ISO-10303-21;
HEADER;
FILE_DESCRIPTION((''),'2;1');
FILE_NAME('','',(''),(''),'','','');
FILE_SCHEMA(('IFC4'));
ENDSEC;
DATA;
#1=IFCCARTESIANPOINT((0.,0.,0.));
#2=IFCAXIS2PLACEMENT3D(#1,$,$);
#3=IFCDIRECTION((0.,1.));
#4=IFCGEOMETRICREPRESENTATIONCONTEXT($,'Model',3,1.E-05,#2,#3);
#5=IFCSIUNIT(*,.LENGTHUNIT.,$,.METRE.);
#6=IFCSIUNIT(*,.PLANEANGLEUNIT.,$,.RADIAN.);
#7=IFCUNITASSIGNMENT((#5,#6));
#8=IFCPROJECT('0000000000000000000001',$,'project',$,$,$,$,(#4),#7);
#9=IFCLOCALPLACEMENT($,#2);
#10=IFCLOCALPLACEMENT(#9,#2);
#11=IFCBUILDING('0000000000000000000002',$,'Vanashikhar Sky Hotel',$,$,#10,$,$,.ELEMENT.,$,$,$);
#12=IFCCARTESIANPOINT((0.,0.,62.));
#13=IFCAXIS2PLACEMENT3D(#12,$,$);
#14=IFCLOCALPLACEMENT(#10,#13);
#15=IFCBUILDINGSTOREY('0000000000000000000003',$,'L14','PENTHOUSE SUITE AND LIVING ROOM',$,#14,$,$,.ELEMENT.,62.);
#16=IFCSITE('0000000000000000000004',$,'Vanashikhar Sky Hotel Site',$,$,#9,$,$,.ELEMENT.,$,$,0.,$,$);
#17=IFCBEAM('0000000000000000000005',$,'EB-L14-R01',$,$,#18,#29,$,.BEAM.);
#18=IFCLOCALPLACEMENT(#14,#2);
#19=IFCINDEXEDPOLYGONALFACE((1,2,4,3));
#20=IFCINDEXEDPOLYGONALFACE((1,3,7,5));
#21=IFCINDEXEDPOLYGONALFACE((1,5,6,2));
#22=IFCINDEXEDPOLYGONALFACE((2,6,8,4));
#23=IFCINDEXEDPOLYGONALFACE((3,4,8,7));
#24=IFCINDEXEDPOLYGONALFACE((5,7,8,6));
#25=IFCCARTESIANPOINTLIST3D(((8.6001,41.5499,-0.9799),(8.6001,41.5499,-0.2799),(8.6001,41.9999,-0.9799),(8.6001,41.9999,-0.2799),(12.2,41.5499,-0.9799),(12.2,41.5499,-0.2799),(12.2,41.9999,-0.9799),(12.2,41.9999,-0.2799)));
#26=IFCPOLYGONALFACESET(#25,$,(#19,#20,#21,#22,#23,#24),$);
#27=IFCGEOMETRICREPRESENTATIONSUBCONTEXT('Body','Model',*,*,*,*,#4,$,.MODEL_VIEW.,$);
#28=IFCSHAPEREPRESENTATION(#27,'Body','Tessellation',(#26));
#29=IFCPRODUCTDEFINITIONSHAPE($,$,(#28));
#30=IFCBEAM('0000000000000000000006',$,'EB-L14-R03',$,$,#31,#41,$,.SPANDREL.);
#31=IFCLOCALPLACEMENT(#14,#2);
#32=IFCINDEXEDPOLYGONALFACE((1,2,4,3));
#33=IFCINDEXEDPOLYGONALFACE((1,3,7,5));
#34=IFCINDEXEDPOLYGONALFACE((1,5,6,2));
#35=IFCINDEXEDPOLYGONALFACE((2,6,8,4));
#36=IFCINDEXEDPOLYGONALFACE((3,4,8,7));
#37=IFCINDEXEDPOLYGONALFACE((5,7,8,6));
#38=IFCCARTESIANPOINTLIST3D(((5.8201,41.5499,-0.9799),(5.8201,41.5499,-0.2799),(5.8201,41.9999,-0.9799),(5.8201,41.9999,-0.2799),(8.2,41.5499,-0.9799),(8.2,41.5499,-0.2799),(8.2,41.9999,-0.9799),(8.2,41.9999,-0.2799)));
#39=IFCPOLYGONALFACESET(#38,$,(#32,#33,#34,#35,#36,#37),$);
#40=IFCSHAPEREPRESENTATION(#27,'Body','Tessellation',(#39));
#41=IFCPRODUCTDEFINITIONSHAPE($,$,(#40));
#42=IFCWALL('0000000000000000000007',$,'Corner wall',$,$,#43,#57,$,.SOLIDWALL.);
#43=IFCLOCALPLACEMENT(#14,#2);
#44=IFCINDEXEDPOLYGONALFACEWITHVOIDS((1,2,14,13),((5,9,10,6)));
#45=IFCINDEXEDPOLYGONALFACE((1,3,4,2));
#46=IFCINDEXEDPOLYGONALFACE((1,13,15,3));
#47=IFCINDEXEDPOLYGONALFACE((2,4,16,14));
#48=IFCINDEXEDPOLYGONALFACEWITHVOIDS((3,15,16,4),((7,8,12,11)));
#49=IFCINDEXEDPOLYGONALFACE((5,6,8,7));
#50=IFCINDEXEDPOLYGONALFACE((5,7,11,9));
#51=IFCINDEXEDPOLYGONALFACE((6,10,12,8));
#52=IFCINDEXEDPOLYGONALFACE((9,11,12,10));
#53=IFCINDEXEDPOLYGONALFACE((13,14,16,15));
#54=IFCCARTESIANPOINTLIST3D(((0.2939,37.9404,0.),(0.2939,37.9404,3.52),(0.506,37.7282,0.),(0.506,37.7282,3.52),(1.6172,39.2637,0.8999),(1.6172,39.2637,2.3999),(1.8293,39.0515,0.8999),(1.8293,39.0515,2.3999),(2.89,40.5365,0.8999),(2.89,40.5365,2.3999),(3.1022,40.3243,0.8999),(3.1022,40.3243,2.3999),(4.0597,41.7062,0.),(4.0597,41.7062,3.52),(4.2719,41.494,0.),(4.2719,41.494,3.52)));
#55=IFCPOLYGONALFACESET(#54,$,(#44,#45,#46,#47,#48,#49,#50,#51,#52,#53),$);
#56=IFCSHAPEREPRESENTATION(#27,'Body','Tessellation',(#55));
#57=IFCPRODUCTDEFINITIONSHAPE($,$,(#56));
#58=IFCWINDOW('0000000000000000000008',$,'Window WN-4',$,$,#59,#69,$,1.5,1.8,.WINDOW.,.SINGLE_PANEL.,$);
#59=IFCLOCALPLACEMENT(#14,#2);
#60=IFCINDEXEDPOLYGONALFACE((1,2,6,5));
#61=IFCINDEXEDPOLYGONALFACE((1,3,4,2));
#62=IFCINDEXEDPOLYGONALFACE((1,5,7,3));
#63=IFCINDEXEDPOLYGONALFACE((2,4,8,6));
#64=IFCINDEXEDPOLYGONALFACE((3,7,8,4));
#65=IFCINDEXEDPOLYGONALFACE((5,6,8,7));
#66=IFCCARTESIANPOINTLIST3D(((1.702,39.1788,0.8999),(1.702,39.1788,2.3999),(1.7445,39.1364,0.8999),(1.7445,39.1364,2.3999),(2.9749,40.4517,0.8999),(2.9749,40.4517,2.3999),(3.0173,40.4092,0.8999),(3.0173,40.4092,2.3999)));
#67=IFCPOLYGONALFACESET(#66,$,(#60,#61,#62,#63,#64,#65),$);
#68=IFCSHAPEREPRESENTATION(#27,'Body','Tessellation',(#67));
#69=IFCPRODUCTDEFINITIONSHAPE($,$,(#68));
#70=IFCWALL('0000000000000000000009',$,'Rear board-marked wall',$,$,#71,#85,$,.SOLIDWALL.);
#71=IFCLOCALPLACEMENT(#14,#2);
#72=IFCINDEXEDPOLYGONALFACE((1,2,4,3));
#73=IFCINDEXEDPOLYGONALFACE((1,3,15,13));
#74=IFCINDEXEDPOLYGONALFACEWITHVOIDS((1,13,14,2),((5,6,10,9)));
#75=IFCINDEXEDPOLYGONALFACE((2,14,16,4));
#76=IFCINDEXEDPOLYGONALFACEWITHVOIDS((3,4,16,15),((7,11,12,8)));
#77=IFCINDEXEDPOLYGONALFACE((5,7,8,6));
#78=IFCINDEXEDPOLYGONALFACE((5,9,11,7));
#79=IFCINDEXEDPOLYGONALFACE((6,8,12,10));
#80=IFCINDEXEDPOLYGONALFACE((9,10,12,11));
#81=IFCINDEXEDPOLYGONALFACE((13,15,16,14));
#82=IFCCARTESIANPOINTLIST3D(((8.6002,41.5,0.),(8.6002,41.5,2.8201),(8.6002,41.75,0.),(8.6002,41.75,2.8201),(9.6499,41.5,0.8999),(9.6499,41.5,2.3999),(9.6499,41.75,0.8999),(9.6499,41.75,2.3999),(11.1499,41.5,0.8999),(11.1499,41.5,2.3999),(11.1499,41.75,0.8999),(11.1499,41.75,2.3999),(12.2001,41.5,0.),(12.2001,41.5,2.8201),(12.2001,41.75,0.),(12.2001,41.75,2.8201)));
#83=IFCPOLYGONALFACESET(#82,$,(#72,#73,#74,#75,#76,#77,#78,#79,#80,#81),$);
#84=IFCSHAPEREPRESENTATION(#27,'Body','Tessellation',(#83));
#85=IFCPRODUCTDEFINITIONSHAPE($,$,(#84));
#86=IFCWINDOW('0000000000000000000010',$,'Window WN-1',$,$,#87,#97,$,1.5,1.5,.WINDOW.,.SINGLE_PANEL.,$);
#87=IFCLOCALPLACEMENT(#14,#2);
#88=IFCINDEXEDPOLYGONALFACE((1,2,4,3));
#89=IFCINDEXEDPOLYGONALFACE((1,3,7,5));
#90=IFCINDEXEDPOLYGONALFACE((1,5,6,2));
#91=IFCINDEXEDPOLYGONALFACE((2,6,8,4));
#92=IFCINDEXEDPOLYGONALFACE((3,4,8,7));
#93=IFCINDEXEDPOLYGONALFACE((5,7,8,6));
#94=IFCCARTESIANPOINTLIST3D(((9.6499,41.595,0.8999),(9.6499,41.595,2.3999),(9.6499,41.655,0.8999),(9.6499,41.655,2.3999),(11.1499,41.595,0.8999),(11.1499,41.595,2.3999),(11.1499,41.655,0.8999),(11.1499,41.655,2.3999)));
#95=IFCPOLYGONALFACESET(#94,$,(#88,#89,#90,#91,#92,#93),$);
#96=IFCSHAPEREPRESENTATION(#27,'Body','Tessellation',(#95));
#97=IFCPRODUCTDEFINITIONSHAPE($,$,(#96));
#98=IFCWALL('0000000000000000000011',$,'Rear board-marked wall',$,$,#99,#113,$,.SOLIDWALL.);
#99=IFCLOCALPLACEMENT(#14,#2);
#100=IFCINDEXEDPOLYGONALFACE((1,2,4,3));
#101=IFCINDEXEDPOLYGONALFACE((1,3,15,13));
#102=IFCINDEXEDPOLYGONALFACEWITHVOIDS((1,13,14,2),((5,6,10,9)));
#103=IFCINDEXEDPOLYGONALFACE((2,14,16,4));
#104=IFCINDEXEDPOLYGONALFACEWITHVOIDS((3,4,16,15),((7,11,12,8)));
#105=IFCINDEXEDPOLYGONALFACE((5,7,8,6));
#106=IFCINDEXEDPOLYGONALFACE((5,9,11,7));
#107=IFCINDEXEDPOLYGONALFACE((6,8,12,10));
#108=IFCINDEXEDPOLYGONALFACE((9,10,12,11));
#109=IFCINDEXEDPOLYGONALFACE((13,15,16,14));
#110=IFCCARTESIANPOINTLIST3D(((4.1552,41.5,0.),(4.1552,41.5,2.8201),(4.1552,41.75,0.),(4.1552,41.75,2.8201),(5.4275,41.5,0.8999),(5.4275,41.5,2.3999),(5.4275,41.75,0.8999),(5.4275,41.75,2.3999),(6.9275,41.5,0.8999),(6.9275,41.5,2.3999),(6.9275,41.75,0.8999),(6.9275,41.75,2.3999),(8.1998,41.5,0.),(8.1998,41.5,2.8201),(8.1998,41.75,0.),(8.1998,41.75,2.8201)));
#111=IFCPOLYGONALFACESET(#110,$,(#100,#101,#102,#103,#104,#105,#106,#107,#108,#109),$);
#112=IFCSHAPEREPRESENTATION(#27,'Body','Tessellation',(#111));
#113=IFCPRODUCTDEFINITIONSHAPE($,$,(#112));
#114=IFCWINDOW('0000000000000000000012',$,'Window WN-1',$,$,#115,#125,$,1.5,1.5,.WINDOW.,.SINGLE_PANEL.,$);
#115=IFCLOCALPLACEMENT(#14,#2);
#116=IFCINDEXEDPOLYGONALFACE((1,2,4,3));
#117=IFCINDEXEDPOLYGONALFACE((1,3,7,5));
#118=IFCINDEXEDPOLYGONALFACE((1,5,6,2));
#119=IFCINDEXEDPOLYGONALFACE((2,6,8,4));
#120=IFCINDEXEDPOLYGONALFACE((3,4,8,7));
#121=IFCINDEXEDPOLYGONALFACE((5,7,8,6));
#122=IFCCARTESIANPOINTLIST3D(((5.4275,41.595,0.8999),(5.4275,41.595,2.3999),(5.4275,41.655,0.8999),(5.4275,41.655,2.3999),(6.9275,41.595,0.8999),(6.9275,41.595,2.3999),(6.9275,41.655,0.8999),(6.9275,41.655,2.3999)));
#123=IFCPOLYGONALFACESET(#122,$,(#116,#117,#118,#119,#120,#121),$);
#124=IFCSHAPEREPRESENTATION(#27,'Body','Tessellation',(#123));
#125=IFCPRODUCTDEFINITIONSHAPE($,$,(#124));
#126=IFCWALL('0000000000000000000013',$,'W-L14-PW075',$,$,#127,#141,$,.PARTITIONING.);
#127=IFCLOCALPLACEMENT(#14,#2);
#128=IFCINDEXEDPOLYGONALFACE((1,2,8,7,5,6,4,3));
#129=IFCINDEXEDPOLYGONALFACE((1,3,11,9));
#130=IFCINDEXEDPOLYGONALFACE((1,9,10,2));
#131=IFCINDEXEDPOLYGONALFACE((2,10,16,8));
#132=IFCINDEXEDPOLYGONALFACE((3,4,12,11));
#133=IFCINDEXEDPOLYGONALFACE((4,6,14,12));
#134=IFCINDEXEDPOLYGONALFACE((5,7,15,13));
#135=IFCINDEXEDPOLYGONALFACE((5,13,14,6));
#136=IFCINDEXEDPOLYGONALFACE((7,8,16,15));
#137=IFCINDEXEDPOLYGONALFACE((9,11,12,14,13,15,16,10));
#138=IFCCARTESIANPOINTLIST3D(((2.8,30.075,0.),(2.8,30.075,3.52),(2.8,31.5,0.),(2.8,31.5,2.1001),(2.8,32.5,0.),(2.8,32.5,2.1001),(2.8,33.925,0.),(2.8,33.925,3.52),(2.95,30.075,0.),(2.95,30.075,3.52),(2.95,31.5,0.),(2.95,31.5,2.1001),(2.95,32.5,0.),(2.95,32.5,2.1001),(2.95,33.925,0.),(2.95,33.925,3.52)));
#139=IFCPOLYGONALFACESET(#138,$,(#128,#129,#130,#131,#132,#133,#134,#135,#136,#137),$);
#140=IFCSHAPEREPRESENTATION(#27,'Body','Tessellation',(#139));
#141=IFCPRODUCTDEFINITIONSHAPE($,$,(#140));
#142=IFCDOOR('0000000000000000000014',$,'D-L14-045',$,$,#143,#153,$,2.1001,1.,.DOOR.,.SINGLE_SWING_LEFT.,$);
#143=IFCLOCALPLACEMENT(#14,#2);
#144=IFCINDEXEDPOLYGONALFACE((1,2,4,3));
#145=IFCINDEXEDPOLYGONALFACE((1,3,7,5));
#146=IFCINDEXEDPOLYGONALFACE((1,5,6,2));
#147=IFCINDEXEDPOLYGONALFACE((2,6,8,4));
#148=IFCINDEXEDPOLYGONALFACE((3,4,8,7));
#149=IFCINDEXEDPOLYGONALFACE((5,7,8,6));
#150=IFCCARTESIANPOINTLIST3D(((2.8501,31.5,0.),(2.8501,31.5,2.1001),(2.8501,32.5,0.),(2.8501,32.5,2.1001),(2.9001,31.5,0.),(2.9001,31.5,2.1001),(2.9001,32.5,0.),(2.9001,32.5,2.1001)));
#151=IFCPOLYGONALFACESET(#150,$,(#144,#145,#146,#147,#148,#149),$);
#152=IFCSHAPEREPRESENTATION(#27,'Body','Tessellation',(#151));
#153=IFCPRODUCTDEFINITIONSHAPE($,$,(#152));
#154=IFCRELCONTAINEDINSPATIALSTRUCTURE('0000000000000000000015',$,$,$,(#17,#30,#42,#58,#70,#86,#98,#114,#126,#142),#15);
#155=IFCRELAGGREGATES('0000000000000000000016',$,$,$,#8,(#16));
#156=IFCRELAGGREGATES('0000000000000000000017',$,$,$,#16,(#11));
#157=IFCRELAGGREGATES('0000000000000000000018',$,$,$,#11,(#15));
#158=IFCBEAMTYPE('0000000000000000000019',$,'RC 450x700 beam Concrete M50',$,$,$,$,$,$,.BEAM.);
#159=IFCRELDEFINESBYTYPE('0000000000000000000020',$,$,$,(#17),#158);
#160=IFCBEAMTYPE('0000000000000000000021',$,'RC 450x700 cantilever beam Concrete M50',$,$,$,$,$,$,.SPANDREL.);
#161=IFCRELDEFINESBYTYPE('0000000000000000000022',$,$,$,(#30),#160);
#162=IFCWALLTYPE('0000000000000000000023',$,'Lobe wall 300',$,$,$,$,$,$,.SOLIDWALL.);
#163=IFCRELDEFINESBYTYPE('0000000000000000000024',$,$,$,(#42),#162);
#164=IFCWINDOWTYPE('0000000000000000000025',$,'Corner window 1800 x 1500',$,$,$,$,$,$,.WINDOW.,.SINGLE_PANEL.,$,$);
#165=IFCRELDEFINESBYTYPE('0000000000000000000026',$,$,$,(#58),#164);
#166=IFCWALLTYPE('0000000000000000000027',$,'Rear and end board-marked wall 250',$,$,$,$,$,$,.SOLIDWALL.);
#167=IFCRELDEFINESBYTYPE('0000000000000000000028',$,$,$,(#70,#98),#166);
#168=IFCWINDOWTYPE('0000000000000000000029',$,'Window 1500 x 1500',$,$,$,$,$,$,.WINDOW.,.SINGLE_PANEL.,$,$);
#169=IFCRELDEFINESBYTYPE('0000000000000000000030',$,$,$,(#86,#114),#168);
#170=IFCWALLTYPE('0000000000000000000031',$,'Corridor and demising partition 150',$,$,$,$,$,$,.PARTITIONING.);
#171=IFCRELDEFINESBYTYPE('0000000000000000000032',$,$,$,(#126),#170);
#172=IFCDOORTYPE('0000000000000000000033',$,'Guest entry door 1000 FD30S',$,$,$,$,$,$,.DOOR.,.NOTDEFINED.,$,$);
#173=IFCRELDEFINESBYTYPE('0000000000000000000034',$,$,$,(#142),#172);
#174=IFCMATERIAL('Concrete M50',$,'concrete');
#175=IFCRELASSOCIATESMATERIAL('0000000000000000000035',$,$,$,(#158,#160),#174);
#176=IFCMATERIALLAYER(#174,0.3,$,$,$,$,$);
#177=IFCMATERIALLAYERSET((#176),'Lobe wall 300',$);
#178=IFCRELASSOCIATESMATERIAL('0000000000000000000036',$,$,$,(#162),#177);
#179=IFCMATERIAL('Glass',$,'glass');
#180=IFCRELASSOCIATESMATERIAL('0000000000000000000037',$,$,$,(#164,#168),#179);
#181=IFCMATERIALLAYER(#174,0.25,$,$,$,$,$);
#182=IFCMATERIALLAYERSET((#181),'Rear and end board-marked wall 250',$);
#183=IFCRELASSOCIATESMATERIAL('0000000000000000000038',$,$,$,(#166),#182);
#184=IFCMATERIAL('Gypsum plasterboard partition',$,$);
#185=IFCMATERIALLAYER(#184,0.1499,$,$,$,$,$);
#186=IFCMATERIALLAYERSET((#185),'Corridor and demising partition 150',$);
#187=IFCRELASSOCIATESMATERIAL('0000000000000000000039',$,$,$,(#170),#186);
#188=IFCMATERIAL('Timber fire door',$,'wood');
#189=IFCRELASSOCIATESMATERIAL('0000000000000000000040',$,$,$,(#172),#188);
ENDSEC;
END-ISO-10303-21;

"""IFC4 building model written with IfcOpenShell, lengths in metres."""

from ifc_helpers import new_model, si_unit, direction, frame, frame_2d, origin, origin_2d, place, context, subcontext, project, spatial, rectangle, extrude, source, transform, mapped, material, layer, layer_set, material_profile, profile_set, type_object, element, fill, save


model = new_model("IFC4")

# Units and contexts
model_context = context("Model", 3, precision=1e-05, world=origin(), true_north=direction((0.0, 1.0)))
body_context = subcontext(model_context, "Body", "Model", "MODEL_VIEW")
ifc_project = project(units=[si_unit("LENGTHUNIT", "METRE"), si_unit("PLANEANGLEUNIT", "RADIAN")], contexts=[model_context])

# Site, building, storey
site_placement = place(None, origin())
site = spatial("IfcSite", under=ifc_project, at=site_placement, Name="Vanashikhar Sky Hotel Site", CompositionType="ELEMENT", RefElevation=0.0)
building_placement = place(site_placement, origin())
building = spatial("IfcBuilding", under=site, at=building_placement, Name="Vanashikhar Sky Hotel", CompositionType="ELEMENT")
storey_placement = place(building_placement, frame((0.0, 0.0, 62.0)))
storey = spatial("IfcBuildingStorey", under=building, at=storey_placement, Name="L14", Description="PENTHOUSE SUITE AND LIVING ROOM", CompositionType="ELEMENT", Elevation=62.0)

# Beams
ifc_material_1 = material(Name="Concrete M50", Category="concrete")
ifc_material_profile_1 = material_profile(ifc_material_1, rectangle(XDim=0.45, YDim=0.7, at=origin_2d()))
ifc_profile_set_1 = profile_set([ifc_material_profile_1], Name="RC 450x700 beam Concrete M50")
beam_type_1 = type_object("IfcBeamType", Name="RC 450x700 beam Concrete M50", PredefinedType="BEAM", material=ifc_profile_set_1)
shared_shape_1 = source(origin(), body_context, "Body", "SweptSolid", [
    extrude(rectangle(XDim=0.45, YDim=0.7, at=origin_2d()), origin(), (0.0, 0.0, 1.0), 3.5999),
])
beam_1_placement = place(storey_placement, frame((8.6001, 41.7749, -0.6299), z_axis=(1.0, 0.0, 0.0), x_axis=(0.0, 1.0, 0.0)))
element("IfcBeam", 1, at=beam_1_placement, inside=storey, type_object=beam_type_1, Name="EB-L14-R01", PredefinedType="BEAM", context=body_context, shape_type="MappedRepresentation", body=[
    mapped(shared_shape_1, transform((0.0, 0.0, 0.0), scale=1.0)),
])
ifc_material_profile_2 = material_profile(ifc_material_1, rectangle(XDim=0.45, YDim=0.7, at=origin_2d()))
ifc_profile_set_2 = profile_set([ifc_material_profile_2], Name="RC 450x700 cantilever beam Concrete M50")
beam_type_2 = type_object("IfcBeamType", Name="RC 450x700 cantilever beam Concrete M50", PredefinedType="SPANDREL", material=ifc_profile_set_2)
shared_shape_2 = source(origin(), body_context, "Body", "SweptSolid", [
    extrude(rectangle(XDim=0.45, YDim=0.7, at=origin_2d()), origin(), (0.0, 0.0, 1.0), 2.3799),
])
beam_2_placement = place(storey_placement, frame((5.8201, 41.7749, -0.6299), z_axis=(1.0, 0.0, 0.0), x_axis=(0.0, 1.0, 0.0)))
element("IfcBeam", 2, at=beam_2_placement, inside=storey, type_object=beam_type_2, Name="EB-L14-R03", PredefinedType="SPANDREL", context=body_context, shape_type="MappedRepresentation", body=[
    mapped(shared_shape_2, transform((0.0, 0.0, 0.0), scale=1.0)),
])

# Walls, openings, windows
ifc_layer_1 = layer(ifc_material_1, 0.3)
ifc_layer_set_1 = layer_set([ifc_layer_1], Name="Lobe wall 300")
wall_type_1 = type_object("IfcWallType", Name="Lobe wall 300", PredefinedType="SOLIDWALL", material=ifc_layer_set_1)
shared_shape_3 = source(origin(), body_context, "Body", "SweptSolid", [
    extrude(rectangle(XDim=5.3257, YDim=0.3, at=frame_2d((2.6628, 0.0))), origin(), (0.0, 0.0, 1.0), 3.52),
])
wall_1_placement = place(storey_placement, frame((4.1658, 41.6001, 0.0), z_axis=(0.0, 0.0, 1.0), x_axis=(-0.707107, -0.707107, 0.0)))
wall_1 = element("IfcWall", 3, at=wall_1_placement, inside=storey, type_object=wall_type_1, Name="Corner wall", PredefinedType="SOLIDWALL", context=body_context, shape_type="MappedRepresentation", body=[
    mapped(shared_shape_3, transform((0.0, 0.0, 0.0), scale=1.0)),
])
shared_shape_4 = source(origin(), body_context, "Body", "SweptSolid", [
    extrude(rectangle(XDim=1.8, YDim=1.5, at=frame_2d((0.8999, 0.75))), frame((0.0, 0.1602, 0.0), z_axis=(0.0, -1.0, 0.0), x_axis=(1.0, 0.0, 0.0)), (0.0, 0.0, 1.0), 0.3201),
])
opening_1_placement = place(wall_1_placement, frame((1.6543, 0.0, 0.8999)))
opening_1 = element("IfcOpeningElement", 4, at=opening_1_placement, cuts=wall_1, PredefinedType="OPENING", context=body_context, shape_type="MappedRepresentation", body=[
    mapped(shared_shape_4, transform((0.0, 0.0, 0.0), scale=1.0)),
])
ifc_material_2 = material(Name="Glass", Category="glass")
window_type_1 = type_object("IfcWindowType", Name="Corner window 1800 x 1500", PartitioningType="SINGLE_PANEL", PredefinedType="WINDOW", material=ifc_material_2)
shared_shape_5 = source(origin(), body_context, "Body", "SweptSolid", [
    extrude(rectangle(XDim=1.8, YDim=1.5, at=frame_2d((0.8999, 0.75))), frame((0.0, 0.03, 0.0), z_axis=(0.0, -1.0, 0.0), x_axis=(1.0, 0.0, 0.0)), (0.0, 0.0, 1.0), 0.0601),
])
window_1_placement = place(opening_1_placement, origin())
window_1 = element("IfcWindow", 5, at=window_1_placement, inside=storey, type_object=window_type_1, Name="Window WN-4", OverallHeight=1.5, OverallWidth=1.8, PartitioningType="SINGLE_PANEL", PredefinedType="WINDOW", context=body_context, shape_type="MappedRepresentation", body=[
    mapped(shared_shape_5, transform((0.0, 0.0, 0.0), scale=1.0)),
])
fill(opening_1, window_1)
ifc_layer_2 = layer(ifc_material_1, 0.25)
ifc_layer_set_2 = layer_set([ifc_layer_2], Name="Rear and end board-marked wall 250")
wall_type_2 = type_object("IfcWallType", Name="Rear and end board-marked wall 250", PredefinedType="SOLIDWALL", material=ifc_layer_set_2)
shared_shape_6 = source(origin(), body_context, "Body", "SweptSolid", [
    extrude(rectangle(XDim=3.5999, YDim=0.25, at=frame_2d((1.7998, 0.0))), origin(), (0.0, 0.0, 1.0), 2.8201),
])
wall_2_placement = place(storey_placement, frame((12.2, 41.625, 0.0), z_axis=(0.0, 0.0, 1.0), x_axis=(-1.0, 0.0, 0.0)))
wall_2 = element("IfcWall", 6, at=wall_2_placement, inside=storey, type_object=wall_type_2, Name="Rear board-marked wall", PredefinedType="SOLIDWALL", context=body_context, shape_type="MappedRepresentation", body=[
    mapped(shared_shape_6, transform((0.0, 0.0, 0.0), scale=1.0)),
])
shared_shape_7 = source(origin(), body_context, "Body", "SweptSolid", [
    extrude(rectangle(XDim=1.5, YDim=1.5, at=frame_2d((0.75, 0.75))), frame((0.0, 0.135, 0.0), z_axis=(0.0, -1.0, 0.0), x_axis=(1.0, 0.0, 0.0)), (0.0, 0.0, 1.0), 0.27),
])
opening_2_placement = place(wall_2_placement, frame((1.05, 0.0, 0.8999)))
opening_2 = element("IfcOpeningElement", 7, at=opening_2_placement, cuts=wall_2, PredefinedType="OPENING", context=body_context, shape_type="MappedRepresentation", body=[
    mapped(shared_shape_7, transform((0.0, 0.0, 0.0), scale=1.0)),
])
window_type_2 = type_object("IfcWindowType", Name="Window 1500 x 1500", PartitioningType="SINGLE_PANEL", PredefinedType="WINDOW", material=ifc_material_2)
shared_shape_8 = source(origin(), body_context, "Body", "SweptSolid", [
    extrude(rectangle(XDim=1.5, YDim=1.5, at=frame_2d((0.75, 0.75))), frame((0.0, 0.03, 0.0), z_axis=(0.0, -1.0, 0.0), x_axis=(1.0, 0.0, 0.0)), (0.0, 0.0, 1.0), 0.0601),
])
window_2_placement = place(opening_2_placement, origin())
window_2 = element("IfcWindow", 8, at=window_2_placement, inside=storey, type_object=window_type_2, Name="Window WN-1", OverallHeight=1.5, OverallWidth=1.5, PartitioningType="SINGLE_PANEL", PredefinedType="WINDOW", context=body_context, shape_type="MappedRepresentation", body=[
    mapped(shared_shape_8, transform((0.0, 0.0, 0.0), scale=1.0)),
])
fill(opening_2, window_2)
shared_shape_9 = source(origin(), body_context, "Body", "SweptSolid", [
    extrude(rectangle(XDim=4.0447, YDim=0.25, at=frame_2d((2.0225, 0.0))), origin(), (0.0, 0.0, 1.0), 2.8201),
])
wall_3_placement = place(storey_placement, frame((8.2, 41.625, 0.0), z_axis=(0.0, 0.0, 1.0), x_axis=(-1.0, 0.0, 0.0)))
wall_3 = element("IfcWall", 9, at=wall_3_placement, inside=storey, type_object=wall_type_2, Name="Rear board-marked wall", PredefinedType="SOLIDWALL", context=body_context, shape_type="MappedRepresentation", body=[
    mapped(shared_shape_9, transform((0.0, 0.0, 0.0), scale=1.0)),
])
opening_3_placement = place(wall_3_placement, frame((1.2725, 0.0, 0.8999)))
opening_3 = element("IfcOpeningElement", 10, at=opening_3_placement, cuts=wall_3, PredefinedType="OPENING", context=body_context, shape_type="MappedRepresentation", body=[
    mapped(shared_shape_7, transform((0.0, 0.0, 0.0), scale=1.0)),
])
window_3_placement = place(opening_3_placement, origin())
window_3 = element("IfcWindow", 11, at=window_3_placement, inside=storey, type_object=window_type_2, Name="Window WN-1", OverallHeight=1.5, OverallWidth=1.5, PartitioningType="SINGLE_PANEL", PredefinedType="WINDOW", context=body_context, shape_type="MappedRepresentation", body=[
    mapped(shared_shape_8, transform((0.0, 0.0, 0.0), scale=1.0)),
])
fill(opening_3, window_3)

# Wall, opening, door
ifc_material_3 = material(Name="Gypsum plasterboard partition")
ifc_layer_3 = layer(ifc_material_3, 0.1499)
ifc_layer_set_3 = layer_set([ifc_layer_3], Name="Corridor and demising partition 150")
wall_type_3 = type_object("IfcWallType", Name="Corridor and demising partition 150", PredefinedType="PARTITIONING", material=ifc_layer_set_3)
shared_shape_10 = source(origin(), body_context, "Body", "SweptSolid", [
    extrude(rectangle(XDim=3.8501, YDim=0.1499, at=frame_2d((1.925, 0.0))), origin(), (0.0, 0.0, 1.0), 3.52),
])
wall_4_placement = place(storey_placement, frame((2.875, 30.075, 0.0), z_axis=(0.0, 0.0, 1.0), x_axis=(0.0, 1.0, 0.0)))
wall_4 = element("IfcWall", 12, at=wall_4_placement, inside=storey, type_object=wall_type_3, Name="W-L14-PW075", PredefinedType="PARTITIONING", context=body_context, shape_type="MappedRepresentation", body=[
    mapped(shared_shape_10, transform((0.0, 0.0, 0.0), scale=1.0)),
])
shared_shape_11 = source(origin(), body_context, "Body", "SweptSolid", [
    extrude(rectangle(XDim=1.0, YDim=2.1001, at=frame_2d((0.5, 1.05))), frame((0.0, 0.085, 0.0), z_axis=(0.0, -1.0, 0.0), x_axis=(1.0, 0.0, 0.0)), (0.0, 0.0, 1.0), 0.1699),
])
opening_4_placement = place(wall_4_placement, frame((1.425, 0.0, 0.0)))
opening_4 = element("IfcOpeningElement", 13, at=opening_4_placement, cuts=wall_4, PredefinedType="OPENING", context=body_context, shape_type="MappedRepresentation", body=[
    mapped(shared_shape_11, transform((0.0, 0.0, 0.0), scale=1.0)),
])
ifc_material_4 = material(Name="Timber fire door", Category="wood")
door_type_1 = type_object("IfcDoorType", Name="Guest entry door 1000 FD30S", OperationType="NOTDEFINED", PredefinedType="DOOR", material=ifc_material_4)
shared_shape_12 = source(origin(), body_context, "Body", "SweptSolid", [
    extrude(rectangle(XDim=1.0, YDim=2.1001, at=frame_2d((0.5, 1.05))), frame((0.0, 0.0249, 0.0), z_axis=(0.0, -1.0, 0.0), x_axis=(1.0, 0.0, 0.0)), (0.0, 0.0, 1.0), 0.05),
])
door_1_placement = place(opening_4_placement, origin())
door_1 = element("IfcDoor", 14, at=door_1_placement, inside=storey, type_object=door_type_1, Name="D-L14-045", OperationType="SINGLE_SWING_LEFT", OverallHeight=2.1001, OverallWidth=1.0, PredefinedType="DOOR", context=body_context, shape_type="MappedRepresentation", body=[
    mapped(shared_shape_12, transform((0.0, 0.0, 0.0), scale=1.0)),
])
fill(opening_4, door_1)

save(model, "model.ifc")
